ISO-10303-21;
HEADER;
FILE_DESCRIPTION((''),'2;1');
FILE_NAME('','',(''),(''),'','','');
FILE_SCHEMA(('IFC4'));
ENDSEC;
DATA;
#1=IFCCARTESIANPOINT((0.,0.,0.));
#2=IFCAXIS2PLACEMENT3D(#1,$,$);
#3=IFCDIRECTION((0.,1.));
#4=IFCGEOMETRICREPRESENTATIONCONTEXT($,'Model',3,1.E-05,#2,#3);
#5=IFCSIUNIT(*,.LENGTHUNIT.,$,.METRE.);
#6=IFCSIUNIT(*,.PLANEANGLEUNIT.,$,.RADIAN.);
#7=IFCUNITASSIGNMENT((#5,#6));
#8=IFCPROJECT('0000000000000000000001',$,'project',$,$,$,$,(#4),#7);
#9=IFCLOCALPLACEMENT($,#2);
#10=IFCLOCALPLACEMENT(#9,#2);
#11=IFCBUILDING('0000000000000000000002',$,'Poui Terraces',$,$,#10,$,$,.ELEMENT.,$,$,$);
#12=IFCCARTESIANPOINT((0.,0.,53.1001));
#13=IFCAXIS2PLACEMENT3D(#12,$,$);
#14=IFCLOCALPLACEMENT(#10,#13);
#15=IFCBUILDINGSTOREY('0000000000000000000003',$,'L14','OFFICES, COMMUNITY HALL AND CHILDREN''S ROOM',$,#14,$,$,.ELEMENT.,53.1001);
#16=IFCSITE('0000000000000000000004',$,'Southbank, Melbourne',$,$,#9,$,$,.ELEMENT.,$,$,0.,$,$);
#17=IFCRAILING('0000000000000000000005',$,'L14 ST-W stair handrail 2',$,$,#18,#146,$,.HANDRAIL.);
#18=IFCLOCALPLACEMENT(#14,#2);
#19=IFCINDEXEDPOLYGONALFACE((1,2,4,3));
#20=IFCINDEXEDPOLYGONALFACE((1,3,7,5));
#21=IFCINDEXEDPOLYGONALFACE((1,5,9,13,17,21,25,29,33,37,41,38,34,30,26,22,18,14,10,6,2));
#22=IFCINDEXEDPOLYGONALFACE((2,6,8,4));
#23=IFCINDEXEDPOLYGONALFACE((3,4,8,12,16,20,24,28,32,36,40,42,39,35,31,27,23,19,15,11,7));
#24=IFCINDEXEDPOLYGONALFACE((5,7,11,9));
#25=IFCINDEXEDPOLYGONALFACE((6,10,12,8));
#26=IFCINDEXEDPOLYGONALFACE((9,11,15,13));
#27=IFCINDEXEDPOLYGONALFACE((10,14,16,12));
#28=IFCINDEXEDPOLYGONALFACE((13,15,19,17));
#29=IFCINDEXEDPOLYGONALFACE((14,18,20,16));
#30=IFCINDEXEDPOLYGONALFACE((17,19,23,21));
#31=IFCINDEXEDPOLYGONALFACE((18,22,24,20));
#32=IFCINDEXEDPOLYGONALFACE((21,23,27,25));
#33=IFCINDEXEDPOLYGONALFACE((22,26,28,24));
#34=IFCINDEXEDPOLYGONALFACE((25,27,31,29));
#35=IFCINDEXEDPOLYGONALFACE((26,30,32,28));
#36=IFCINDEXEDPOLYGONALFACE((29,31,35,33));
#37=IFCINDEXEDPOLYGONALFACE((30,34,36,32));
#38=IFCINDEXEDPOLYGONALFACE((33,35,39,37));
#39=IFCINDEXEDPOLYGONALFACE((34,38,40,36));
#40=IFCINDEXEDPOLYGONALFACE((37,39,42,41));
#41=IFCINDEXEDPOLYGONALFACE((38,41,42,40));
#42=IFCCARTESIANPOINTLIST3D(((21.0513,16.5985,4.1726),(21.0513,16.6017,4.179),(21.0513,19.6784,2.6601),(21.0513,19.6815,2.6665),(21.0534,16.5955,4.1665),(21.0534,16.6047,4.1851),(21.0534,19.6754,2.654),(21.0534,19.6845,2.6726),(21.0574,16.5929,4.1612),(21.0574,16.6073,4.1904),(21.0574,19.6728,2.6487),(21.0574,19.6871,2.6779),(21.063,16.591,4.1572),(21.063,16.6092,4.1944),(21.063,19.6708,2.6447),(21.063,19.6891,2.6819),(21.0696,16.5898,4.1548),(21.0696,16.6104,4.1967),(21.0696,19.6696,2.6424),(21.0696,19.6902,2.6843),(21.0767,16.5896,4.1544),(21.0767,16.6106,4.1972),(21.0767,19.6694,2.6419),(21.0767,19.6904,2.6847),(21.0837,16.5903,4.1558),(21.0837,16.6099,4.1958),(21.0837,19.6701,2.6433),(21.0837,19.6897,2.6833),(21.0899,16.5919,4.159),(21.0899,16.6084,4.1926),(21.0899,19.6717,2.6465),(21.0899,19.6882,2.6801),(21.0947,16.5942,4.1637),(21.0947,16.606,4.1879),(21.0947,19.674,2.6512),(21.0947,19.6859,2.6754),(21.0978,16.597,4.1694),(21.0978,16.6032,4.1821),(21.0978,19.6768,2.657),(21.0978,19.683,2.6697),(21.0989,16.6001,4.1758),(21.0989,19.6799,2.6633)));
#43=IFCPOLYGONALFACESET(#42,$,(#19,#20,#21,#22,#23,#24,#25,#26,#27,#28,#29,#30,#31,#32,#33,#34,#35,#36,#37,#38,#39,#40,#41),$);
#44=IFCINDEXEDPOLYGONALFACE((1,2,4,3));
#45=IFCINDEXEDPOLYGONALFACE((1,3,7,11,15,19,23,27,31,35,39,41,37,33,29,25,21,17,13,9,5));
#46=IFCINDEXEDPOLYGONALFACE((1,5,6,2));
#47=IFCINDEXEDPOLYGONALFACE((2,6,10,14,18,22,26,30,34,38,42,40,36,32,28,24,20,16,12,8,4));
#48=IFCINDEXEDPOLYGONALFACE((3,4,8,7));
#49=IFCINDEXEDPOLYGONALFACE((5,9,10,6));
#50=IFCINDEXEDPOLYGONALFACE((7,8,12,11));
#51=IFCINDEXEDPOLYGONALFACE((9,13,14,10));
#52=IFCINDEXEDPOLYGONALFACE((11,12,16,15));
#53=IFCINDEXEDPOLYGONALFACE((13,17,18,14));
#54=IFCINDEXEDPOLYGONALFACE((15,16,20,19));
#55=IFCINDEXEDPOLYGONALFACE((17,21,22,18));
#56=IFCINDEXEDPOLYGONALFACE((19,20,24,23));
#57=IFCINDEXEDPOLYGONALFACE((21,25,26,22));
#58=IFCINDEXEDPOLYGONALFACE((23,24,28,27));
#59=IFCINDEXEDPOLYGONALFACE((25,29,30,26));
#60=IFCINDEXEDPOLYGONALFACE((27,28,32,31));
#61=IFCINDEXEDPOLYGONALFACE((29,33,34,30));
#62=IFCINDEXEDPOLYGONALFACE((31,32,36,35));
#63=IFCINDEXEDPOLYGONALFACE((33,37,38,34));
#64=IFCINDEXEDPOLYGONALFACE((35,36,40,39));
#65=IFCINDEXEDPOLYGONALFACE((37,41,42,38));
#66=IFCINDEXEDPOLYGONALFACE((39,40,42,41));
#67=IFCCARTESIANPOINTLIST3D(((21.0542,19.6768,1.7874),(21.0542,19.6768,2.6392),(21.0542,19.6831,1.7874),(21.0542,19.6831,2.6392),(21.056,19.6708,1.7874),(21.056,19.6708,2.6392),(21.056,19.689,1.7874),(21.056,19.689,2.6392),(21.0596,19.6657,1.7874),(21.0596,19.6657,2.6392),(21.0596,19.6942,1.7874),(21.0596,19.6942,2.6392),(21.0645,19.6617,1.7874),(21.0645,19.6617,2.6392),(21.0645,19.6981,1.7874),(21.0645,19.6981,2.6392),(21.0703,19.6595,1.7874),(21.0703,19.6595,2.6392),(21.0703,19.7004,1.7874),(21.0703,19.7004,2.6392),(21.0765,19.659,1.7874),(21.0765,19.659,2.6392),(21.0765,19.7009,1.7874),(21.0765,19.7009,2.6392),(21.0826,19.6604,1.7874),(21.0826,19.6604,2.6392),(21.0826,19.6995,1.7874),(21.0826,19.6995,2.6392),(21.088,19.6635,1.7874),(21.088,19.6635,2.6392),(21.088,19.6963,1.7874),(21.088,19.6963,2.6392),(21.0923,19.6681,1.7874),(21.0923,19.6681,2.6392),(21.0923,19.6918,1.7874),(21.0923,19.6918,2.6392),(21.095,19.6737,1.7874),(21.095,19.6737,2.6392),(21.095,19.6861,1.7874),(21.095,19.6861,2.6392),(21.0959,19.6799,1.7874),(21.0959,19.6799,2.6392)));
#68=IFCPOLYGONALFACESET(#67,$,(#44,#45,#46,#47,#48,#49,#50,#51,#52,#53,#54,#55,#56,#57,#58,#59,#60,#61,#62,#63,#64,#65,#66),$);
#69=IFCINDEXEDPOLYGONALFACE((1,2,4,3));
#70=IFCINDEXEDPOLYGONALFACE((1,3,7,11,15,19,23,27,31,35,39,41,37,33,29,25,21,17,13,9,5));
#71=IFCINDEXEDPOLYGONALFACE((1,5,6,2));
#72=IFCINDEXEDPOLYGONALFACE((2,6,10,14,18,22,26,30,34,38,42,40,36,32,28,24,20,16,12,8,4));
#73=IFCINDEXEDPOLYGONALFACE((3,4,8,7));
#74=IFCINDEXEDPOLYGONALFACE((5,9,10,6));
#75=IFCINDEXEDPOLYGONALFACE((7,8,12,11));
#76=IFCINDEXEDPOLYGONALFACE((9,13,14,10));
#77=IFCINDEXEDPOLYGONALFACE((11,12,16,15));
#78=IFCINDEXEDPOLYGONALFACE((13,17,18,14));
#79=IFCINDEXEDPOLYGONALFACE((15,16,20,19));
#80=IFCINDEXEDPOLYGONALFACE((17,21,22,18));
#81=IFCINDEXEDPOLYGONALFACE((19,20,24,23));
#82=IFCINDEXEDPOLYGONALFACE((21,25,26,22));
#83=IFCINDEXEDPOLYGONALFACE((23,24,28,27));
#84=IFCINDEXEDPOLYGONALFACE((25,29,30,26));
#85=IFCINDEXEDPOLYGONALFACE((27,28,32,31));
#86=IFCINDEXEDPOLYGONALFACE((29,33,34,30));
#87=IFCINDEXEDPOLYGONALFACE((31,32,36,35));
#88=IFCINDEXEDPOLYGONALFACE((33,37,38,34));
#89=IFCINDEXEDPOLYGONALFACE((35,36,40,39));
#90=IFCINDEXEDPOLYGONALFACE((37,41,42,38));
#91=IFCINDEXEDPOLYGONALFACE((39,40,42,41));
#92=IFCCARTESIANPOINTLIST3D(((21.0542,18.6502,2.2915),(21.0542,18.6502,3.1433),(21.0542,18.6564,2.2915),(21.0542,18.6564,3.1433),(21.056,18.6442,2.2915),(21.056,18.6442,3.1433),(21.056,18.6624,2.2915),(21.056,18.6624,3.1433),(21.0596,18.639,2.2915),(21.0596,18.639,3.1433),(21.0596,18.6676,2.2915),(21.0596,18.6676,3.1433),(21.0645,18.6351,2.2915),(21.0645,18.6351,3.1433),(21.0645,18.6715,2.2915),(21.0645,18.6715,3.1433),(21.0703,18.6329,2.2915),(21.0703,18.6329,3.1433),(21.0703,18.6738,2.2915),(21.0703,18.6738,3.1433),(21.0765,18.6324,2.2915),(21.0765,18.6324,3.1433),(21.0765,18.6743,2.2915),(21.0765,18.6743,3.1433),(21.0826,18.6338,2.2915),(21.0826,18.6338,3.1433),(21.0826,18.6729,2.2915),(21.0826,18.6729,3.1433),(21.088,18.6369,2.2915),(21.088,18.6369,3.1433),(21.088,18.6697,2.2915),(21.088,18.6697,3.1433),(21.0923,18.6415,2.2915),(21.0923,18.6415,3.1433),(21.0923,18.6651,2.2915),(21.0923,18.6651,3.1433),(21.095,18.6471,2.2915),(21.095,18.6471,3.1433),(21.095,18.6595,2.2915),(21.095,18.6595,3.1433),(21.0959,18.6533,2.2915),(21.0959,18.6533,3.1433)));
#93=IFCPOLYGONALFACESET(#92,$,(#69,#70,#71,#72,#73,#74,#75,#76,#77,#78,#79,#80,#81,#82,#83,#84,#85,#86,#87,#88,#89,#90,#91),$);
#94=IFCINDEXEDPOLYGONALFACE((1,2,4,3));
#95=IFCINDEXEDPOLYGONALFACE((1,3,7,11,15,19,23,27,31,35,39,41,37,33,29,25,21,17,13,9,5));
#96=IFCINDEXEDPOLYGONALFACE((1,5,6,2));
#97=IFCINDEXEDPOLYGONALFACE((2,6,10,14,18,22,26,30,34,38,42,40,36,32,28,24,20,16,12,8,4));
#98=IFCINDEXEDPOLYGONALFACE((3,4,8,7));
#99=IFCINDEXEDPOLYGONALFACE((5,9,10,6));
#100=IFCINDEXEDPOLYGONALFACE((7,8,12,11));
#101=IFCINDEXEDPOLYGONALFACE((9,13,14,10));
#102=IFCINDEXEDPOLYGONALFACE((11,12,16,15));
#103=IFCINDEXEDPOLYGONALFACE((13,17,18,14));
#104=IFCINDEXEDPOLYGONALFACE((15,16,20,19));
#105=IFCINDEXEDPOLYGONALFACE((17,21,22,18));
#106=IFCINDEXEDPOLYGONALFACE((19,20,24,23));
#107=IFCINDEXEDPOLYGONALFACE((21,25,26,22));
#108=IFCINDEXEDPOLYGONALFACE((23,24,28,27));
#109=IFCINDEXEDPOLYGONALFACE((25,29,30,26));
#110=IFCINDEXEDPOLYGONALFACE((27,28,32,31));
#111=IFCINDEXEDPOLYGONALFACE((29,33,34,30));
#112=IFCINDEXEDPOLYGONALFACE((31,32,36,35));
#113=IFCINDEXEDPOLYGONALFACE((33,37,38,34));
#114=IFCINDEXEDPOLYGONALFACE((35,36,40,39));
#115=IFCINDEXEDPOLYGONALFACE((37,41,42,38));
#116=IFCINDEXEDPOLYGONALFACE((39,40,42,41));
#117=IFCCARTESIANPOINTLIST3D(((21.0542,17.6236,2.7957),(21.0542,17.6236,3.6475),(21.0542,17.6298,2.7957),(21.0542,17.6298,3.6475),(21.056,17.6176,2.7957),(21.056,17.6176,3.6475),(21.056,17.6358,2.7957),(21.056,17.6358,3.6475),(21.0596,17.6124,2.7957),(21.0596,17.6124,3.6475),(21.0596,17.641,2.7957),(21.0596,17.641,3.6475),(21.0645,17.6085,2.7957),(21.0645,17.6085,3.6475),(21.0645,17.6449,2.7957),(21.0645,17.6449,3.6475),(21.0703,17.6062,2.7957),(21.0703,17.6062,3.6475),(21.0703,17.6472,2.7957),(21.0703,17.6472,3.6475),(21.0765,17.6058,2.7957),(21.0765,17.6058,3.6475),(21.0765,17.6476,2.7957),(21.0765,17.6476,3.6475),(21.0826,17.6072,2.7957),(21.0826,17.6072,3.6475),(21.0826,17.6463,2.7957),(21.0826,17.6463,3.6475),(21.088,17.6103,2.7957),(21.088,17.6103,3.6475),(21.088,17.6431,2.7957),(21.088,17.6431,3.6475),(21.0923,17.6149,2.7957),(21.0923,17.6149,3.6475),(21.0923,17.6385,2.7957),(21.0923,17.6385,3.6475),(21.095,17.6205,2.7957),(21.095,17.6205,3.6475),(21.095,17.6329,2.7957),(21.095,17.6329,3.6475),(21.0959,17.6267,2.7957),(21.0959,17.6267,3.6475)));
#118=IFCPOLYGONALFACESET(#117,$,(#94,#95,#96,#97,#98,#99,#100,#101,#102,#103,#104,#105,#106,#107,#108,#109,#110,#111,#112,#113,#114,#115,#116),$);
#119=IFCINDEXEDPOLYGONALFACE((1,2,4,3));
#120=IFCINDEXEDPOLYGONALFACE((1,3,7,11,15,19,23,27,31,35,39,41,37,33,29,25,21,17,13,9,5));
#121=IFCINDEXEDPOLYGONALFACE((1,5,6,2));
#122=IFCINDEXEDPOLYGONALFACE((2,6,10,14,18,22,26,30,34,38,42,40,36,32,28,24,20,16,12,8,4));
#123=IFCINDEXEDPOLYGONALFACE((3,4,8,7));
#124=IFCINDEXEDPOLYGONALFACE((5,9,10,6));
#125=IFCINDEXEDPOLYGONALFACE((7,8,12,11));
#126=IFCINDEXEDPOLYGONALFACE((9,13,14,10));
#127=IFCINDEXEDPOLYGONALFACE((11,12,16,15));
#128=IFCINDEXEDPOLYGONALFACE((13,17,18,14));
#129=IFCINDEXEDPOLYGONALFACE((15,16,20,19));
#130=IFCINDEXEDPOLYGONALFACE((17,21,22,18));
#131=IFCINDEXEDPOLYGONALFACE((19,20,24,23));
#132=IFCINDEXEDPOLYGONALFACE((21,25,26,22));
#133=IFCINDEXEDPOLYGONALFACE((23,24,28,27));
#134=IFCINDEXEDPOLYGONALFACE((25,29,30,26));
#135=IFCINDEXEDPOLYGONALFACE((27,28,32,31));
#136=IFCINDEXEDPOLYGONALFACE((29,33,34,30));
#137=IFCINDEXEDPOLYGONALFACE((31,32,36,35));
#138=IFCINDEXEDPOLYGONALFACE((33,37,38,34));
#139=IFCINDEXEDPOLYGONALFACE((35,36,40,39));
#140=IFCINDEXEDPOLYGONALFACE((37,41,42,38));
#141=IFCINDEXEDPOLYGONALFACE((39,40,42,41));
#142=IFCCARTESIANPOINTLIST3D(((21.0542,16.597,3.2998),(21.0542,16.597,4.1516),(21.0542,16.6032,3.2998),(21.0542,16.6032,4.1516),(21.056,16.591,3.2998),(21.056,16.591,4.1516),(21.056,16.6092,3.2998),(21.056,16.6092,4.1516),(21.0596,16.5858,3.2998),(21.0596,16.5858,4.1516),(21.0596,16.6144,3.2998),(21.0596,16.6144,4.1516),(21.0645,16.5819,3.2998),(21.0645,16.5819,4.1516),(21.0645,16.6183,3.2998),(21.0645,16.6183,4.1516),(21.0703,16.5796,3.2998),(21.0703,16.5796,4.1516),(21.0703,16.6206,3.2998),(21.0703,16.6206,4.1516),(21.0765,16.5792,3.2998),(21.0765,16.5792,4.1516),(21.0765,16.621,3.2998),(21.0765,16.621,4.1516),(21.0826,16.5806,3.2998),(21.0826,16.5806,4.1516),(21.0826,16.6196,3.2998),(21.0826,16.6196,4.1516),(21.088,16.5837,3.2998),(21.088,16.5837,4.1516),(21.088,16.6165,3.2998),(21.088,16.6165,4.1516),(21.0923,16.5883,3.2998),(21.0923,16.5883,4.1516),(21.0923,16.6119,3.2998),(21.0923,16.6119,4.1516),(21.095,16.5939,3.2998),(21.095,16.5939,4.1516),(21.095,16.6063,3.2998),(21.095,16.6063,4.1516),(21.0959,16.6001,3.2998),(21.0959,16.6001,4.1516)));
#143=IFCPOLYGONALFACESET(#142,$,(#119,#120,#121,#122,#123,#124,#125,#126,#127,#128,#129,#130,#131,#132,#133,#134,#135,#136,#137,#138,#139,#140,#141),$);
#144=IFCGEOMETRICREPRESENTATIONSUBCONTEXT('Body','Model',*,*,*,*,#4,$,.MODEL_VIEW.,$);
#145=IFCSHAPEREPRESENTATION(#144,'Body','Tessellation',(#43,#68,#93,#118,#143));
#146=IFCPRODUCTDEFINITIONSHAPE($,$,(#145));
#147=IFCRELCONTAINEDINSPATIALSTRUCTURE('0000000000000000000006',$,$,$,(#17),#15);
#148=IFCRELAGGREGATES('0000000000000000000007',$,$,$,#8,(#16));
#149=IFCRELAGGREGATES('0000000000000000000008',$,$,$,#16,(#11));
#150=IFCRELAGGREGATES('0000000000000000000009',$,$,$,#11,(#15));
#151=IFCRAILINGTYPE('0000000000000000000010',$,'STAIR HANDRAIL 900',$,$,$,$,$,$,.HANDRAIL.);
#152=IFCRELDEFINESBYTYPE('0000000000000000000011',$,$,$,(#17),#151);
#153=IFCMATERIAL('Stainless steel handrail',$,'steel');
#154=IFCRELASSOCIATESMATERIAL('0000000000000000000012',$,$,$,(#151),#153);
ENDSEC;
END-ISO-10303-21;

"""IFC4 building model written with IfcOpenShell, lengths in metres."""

from ifc_helpers import new_model, si_unit, direction, frame, origin, origin_2d, place, context, subcontext, project, spatial, circle, extrude, material, type_object, element, save


model = new_model("IFC4")

# Units and contexts
model_context = context("Model", 3, precision=1e-05, world=origin(), true_north=direction((0.0, 1.0)))
body_context = subcontext(model_context, "Body", "Model", "MODEL_VIEW")
ifc_project = project(units=[si_unit("LENGTHUNIT", "METRE"), si_unit("PLANEANGLEUNIT", "RADIAN")], contexts=[model_context])

# Site, building, storey
site_placement = place(None, origin())
site = spatial("IfcSite", under=ifc_project, at=site_placement, Name="Southbank, Melbourne", CompositionType="ELEMENT", RefElevation=0.0)
building_placement = place(site_placement, origin())
building = spatial("IfcBuilding", under=site, at=building_placement, Name="Poui Terraces", CompositionType="ELEMENT")
storey_placement = place(building_placement, frame((0.0, 0.0, 53.1001)))
storey = spatial("IfcBuildingStorey", under=building, at=storey_placement, Name="L14", Description="OFFICES, COMMUNITY HALL AND CHILDREN'S ROOM", CompositionType="ELEMENT", Elevation=53.1001)

# Railing
ifc_material_1 = material(Name="Stainless steel handrail", Category="steel")
railing_type_1 = type_object("IfcRailingType", Name="STAIR HANDRAIL 900", PredefinedType="HANDRAIL", material=ifc_material_1)
railing_1_placement = place(storey_placement, frame((21.075, 19.6799, 1.7874)))
element("IfcRailing", 1, at=railing_1_placement, inside=storey, type_object=railing_type_1, Name="L14 ST-W stair handrail 2", PredefinedType="HANDRAIL", context=body_context, shape_type="SweptSolid", body=[
    extrude(circle(Radius=0.0239, at=origin_2d()), frame((0.0, 0.0, 0.876), z_axis=(0.0, -0.897606, 0.440798), x_axis=(1.0, 0.0, 0.0)), (0.0, 0.0, 1.0), 3.4312),
    extrude(circle(Radius=0.021, at=origin_2d()), origin(), (0.0, 0.0, 1.0), 0.8518),
    extrude(circle(Radius=0.021, at=origin_2d()), frame((0.0, -1.0266, 0.5042)), (0.0, 0.0, 1.0), 0.8518),
    extrude(circle(Radius=0.021, at=origin_2d()), frame((0.0, -2.0532, 1.0083)), (0.0, 0.0, 1.0), 0.8518),
    extrude(circle(Radius=0.021, at=origin_2d()), frame((0.0, -3.0798, 1.5125)), (0.0, 0.0, 1.0), 0.8518),
])

save(model, "model.ifc")
